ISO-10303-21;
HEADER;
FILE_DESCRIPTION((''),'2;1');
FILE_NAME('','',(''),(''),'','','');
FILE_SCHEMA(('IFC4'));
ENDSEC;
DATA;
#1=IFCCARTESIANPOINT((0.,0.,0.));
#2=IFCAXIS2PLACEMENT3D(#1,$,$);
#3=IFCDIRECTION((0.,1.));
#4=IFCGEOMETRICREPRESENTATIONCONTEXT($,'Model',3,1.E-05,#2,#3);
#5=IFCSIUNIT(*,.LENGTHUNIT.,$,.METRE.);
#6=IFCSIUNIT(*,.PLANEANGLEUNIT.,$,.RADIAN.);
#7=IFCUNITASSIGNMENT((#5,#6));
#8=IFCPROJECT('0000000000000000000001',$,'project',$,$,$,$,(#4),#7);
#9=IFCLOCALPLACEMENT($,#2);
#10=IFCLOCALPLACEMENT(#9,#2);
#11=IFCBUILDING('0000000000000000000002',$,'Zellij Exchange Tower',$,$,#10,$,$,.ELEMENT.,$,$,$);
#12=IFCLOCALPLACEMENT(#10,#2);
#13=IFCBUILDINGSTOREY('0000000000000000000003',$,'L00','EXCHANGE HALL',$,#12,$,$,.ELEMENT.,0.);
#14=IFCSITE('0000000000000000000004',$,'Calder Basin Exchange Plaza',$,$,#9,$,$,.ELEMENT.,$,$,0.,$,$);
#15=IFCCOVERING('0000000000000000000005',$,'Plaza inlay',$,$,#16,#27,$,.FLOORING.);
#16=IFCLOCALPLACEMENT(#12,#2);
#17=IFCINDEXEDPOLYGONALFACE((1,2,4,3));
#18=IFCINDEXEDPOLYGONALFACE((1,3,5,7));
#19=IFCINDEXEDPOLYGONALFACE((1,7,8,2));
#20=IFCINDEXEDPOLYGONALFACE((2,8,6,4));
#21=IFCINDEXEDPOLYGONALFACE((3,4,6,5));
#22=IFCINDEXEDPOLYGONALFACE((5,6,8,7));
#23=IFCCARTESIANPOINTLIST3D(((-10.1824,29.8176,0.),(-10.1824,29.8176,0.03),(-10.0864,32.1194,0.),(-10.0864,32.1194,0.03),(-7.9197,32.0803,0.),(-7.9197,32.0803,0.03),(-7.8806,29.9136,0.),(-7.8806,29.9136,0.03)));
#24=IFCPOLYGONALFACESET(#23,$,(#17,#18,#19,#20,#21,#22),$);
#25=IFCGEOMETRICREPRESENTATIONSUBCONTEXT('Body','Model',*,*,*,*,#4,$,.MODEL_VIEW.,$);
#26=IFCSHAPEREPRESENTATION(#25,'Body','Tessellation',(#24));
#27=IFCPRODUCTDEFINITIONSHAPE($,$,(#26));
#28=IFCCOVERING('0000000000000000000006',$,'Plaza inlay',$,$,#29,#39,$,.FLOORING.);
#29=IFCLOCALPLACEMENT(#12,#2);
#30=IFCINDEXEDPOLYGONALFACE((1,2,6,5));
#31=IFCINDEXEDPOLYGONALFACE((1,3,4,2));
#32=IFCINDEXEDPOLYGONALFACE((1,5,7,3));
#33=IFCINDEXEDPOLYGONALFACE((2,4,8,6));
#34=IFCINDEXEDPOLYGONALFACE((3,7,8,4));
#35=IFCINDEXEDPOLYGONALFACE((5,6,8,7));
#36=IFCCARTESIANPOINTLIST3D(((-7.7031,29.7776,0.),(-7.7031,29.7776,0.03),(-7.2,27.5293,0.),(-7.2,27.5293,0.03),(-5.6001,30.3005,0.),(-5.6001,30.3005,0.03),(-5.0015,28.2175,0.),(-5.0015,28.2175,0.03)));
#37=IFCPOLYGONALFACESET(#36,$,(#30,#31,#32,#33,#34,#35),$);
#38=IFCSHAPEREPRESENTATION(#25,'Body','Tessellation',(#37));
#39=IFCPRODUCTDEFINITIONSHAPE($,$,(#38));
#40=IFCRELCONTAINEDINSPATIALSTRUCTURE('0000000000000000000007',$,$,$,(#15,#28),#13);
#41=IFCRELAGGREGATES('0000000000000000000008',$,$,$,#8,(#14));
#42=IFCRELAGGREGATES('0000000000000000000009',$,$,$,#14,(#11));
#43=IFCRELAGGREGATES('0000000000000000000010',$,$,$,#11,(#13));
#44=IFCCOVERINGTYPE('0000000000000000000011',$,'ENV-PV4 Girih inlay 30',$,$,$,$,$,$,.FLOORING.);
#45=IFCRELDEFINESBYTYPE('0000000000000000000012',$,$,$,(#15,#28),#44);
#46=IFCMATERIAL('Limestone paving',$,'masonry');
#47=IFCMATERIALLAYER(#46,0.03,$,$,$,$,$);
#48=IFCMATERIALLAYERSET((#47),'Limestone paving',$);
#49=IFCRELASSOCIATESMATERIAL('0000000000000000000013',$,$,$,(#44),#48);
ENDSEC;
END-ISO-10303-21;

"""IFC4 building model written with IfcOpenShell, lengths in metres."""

from ifc_helpers import new_model, si_unit, direction, origin, place, context, subcontext, project, spatial, polyline, outline, extrude, material, layer, layer_set, type_object, element, save


model = new_model("IFC4")

# Units and contexts
model_context = context("Model", 3, precision=1e-05, world=origin(), true_north=direction((0.0, 1.0)))
body_context = subcontext(model_context, "Body", "Model", "MODEL_VIEW")
ifc_project = project(units=[si_unit("LENGTHUNIT", "METRE"), si_unit("PLANEANGLEUNIT", "RADIAN")], contexts=[model_context])

# Site, building, storey
site_placement = place(None, origin())
site = spatial("IfcSite", under=ifc_project, at=site_placement, Name="Calder Basin Exchange Plaza", CompositionType="ELEMENT", RefElevation=0.0)
building_placement = place(site_placement, origin())
building = spatial("IfcBuilding", under=site, at=building_placement, Name="Zellij Exchange Tower", CompositionType="ELEMENT")
storey_placement = place(building_placement, origin())
storey = spatial("IfcBuildingStorey", under=building, at=storey_placement, Name="L00", Description="EXCHANGE HALL", CompositionType="ELEMENT", Elevation=0.0)

# Coverings
ifc_material = material(Name="Limestone paving", Category="masonry")
ifc_layer = layer(ifc_material, 0.03)
ifc_layer_set = layer_set([ifc_layer], Name="Limestone paving")
covering_type = type_object("IfcCoveringType", Name="ENV-PV4 Girih inlay 30", PredefinedType="FLOORING", material=ifc_layer_set)
covering_1_placement = place(storey_placement, origin())
element("IfcCovering", 1, at=covering_1_placement, inside=storey, type_object=covering_type, Name="Plaza inlay", PredefinedType="FLOORING", context=body_context, shape_type="SweptSolid", body=[
    extrude(outline(polyline([(-7.9197, 32.0803), (-7.8806, 29.9136), (-10.1824, 29.8176), (-10.0864, 32.1194), (-7.9197, 32.0803)])), origin(), (0.0, 0.0, 1.0), 0.03),
])
covering_2_placement = place(storey_placement, origin())
element("IfcCovering", 2, at=covering_2_placement, inside=storey, type_object=covering_type, Name="Plaza inlay", PredefinedType="FLOORING", context=body_context, shape_type="SweptSolid", body=[
    extrude(outline(polyline([(-5.6001, 30.3005), (-5.0015, 28.2175), (-7.2, 27.5293), (-7.7031, 29.7776), (-5.6001, 30.3005)])), origin(), (0.0, 0.0, 1.0), 0.03),
])

save(model, "model.ifc")
